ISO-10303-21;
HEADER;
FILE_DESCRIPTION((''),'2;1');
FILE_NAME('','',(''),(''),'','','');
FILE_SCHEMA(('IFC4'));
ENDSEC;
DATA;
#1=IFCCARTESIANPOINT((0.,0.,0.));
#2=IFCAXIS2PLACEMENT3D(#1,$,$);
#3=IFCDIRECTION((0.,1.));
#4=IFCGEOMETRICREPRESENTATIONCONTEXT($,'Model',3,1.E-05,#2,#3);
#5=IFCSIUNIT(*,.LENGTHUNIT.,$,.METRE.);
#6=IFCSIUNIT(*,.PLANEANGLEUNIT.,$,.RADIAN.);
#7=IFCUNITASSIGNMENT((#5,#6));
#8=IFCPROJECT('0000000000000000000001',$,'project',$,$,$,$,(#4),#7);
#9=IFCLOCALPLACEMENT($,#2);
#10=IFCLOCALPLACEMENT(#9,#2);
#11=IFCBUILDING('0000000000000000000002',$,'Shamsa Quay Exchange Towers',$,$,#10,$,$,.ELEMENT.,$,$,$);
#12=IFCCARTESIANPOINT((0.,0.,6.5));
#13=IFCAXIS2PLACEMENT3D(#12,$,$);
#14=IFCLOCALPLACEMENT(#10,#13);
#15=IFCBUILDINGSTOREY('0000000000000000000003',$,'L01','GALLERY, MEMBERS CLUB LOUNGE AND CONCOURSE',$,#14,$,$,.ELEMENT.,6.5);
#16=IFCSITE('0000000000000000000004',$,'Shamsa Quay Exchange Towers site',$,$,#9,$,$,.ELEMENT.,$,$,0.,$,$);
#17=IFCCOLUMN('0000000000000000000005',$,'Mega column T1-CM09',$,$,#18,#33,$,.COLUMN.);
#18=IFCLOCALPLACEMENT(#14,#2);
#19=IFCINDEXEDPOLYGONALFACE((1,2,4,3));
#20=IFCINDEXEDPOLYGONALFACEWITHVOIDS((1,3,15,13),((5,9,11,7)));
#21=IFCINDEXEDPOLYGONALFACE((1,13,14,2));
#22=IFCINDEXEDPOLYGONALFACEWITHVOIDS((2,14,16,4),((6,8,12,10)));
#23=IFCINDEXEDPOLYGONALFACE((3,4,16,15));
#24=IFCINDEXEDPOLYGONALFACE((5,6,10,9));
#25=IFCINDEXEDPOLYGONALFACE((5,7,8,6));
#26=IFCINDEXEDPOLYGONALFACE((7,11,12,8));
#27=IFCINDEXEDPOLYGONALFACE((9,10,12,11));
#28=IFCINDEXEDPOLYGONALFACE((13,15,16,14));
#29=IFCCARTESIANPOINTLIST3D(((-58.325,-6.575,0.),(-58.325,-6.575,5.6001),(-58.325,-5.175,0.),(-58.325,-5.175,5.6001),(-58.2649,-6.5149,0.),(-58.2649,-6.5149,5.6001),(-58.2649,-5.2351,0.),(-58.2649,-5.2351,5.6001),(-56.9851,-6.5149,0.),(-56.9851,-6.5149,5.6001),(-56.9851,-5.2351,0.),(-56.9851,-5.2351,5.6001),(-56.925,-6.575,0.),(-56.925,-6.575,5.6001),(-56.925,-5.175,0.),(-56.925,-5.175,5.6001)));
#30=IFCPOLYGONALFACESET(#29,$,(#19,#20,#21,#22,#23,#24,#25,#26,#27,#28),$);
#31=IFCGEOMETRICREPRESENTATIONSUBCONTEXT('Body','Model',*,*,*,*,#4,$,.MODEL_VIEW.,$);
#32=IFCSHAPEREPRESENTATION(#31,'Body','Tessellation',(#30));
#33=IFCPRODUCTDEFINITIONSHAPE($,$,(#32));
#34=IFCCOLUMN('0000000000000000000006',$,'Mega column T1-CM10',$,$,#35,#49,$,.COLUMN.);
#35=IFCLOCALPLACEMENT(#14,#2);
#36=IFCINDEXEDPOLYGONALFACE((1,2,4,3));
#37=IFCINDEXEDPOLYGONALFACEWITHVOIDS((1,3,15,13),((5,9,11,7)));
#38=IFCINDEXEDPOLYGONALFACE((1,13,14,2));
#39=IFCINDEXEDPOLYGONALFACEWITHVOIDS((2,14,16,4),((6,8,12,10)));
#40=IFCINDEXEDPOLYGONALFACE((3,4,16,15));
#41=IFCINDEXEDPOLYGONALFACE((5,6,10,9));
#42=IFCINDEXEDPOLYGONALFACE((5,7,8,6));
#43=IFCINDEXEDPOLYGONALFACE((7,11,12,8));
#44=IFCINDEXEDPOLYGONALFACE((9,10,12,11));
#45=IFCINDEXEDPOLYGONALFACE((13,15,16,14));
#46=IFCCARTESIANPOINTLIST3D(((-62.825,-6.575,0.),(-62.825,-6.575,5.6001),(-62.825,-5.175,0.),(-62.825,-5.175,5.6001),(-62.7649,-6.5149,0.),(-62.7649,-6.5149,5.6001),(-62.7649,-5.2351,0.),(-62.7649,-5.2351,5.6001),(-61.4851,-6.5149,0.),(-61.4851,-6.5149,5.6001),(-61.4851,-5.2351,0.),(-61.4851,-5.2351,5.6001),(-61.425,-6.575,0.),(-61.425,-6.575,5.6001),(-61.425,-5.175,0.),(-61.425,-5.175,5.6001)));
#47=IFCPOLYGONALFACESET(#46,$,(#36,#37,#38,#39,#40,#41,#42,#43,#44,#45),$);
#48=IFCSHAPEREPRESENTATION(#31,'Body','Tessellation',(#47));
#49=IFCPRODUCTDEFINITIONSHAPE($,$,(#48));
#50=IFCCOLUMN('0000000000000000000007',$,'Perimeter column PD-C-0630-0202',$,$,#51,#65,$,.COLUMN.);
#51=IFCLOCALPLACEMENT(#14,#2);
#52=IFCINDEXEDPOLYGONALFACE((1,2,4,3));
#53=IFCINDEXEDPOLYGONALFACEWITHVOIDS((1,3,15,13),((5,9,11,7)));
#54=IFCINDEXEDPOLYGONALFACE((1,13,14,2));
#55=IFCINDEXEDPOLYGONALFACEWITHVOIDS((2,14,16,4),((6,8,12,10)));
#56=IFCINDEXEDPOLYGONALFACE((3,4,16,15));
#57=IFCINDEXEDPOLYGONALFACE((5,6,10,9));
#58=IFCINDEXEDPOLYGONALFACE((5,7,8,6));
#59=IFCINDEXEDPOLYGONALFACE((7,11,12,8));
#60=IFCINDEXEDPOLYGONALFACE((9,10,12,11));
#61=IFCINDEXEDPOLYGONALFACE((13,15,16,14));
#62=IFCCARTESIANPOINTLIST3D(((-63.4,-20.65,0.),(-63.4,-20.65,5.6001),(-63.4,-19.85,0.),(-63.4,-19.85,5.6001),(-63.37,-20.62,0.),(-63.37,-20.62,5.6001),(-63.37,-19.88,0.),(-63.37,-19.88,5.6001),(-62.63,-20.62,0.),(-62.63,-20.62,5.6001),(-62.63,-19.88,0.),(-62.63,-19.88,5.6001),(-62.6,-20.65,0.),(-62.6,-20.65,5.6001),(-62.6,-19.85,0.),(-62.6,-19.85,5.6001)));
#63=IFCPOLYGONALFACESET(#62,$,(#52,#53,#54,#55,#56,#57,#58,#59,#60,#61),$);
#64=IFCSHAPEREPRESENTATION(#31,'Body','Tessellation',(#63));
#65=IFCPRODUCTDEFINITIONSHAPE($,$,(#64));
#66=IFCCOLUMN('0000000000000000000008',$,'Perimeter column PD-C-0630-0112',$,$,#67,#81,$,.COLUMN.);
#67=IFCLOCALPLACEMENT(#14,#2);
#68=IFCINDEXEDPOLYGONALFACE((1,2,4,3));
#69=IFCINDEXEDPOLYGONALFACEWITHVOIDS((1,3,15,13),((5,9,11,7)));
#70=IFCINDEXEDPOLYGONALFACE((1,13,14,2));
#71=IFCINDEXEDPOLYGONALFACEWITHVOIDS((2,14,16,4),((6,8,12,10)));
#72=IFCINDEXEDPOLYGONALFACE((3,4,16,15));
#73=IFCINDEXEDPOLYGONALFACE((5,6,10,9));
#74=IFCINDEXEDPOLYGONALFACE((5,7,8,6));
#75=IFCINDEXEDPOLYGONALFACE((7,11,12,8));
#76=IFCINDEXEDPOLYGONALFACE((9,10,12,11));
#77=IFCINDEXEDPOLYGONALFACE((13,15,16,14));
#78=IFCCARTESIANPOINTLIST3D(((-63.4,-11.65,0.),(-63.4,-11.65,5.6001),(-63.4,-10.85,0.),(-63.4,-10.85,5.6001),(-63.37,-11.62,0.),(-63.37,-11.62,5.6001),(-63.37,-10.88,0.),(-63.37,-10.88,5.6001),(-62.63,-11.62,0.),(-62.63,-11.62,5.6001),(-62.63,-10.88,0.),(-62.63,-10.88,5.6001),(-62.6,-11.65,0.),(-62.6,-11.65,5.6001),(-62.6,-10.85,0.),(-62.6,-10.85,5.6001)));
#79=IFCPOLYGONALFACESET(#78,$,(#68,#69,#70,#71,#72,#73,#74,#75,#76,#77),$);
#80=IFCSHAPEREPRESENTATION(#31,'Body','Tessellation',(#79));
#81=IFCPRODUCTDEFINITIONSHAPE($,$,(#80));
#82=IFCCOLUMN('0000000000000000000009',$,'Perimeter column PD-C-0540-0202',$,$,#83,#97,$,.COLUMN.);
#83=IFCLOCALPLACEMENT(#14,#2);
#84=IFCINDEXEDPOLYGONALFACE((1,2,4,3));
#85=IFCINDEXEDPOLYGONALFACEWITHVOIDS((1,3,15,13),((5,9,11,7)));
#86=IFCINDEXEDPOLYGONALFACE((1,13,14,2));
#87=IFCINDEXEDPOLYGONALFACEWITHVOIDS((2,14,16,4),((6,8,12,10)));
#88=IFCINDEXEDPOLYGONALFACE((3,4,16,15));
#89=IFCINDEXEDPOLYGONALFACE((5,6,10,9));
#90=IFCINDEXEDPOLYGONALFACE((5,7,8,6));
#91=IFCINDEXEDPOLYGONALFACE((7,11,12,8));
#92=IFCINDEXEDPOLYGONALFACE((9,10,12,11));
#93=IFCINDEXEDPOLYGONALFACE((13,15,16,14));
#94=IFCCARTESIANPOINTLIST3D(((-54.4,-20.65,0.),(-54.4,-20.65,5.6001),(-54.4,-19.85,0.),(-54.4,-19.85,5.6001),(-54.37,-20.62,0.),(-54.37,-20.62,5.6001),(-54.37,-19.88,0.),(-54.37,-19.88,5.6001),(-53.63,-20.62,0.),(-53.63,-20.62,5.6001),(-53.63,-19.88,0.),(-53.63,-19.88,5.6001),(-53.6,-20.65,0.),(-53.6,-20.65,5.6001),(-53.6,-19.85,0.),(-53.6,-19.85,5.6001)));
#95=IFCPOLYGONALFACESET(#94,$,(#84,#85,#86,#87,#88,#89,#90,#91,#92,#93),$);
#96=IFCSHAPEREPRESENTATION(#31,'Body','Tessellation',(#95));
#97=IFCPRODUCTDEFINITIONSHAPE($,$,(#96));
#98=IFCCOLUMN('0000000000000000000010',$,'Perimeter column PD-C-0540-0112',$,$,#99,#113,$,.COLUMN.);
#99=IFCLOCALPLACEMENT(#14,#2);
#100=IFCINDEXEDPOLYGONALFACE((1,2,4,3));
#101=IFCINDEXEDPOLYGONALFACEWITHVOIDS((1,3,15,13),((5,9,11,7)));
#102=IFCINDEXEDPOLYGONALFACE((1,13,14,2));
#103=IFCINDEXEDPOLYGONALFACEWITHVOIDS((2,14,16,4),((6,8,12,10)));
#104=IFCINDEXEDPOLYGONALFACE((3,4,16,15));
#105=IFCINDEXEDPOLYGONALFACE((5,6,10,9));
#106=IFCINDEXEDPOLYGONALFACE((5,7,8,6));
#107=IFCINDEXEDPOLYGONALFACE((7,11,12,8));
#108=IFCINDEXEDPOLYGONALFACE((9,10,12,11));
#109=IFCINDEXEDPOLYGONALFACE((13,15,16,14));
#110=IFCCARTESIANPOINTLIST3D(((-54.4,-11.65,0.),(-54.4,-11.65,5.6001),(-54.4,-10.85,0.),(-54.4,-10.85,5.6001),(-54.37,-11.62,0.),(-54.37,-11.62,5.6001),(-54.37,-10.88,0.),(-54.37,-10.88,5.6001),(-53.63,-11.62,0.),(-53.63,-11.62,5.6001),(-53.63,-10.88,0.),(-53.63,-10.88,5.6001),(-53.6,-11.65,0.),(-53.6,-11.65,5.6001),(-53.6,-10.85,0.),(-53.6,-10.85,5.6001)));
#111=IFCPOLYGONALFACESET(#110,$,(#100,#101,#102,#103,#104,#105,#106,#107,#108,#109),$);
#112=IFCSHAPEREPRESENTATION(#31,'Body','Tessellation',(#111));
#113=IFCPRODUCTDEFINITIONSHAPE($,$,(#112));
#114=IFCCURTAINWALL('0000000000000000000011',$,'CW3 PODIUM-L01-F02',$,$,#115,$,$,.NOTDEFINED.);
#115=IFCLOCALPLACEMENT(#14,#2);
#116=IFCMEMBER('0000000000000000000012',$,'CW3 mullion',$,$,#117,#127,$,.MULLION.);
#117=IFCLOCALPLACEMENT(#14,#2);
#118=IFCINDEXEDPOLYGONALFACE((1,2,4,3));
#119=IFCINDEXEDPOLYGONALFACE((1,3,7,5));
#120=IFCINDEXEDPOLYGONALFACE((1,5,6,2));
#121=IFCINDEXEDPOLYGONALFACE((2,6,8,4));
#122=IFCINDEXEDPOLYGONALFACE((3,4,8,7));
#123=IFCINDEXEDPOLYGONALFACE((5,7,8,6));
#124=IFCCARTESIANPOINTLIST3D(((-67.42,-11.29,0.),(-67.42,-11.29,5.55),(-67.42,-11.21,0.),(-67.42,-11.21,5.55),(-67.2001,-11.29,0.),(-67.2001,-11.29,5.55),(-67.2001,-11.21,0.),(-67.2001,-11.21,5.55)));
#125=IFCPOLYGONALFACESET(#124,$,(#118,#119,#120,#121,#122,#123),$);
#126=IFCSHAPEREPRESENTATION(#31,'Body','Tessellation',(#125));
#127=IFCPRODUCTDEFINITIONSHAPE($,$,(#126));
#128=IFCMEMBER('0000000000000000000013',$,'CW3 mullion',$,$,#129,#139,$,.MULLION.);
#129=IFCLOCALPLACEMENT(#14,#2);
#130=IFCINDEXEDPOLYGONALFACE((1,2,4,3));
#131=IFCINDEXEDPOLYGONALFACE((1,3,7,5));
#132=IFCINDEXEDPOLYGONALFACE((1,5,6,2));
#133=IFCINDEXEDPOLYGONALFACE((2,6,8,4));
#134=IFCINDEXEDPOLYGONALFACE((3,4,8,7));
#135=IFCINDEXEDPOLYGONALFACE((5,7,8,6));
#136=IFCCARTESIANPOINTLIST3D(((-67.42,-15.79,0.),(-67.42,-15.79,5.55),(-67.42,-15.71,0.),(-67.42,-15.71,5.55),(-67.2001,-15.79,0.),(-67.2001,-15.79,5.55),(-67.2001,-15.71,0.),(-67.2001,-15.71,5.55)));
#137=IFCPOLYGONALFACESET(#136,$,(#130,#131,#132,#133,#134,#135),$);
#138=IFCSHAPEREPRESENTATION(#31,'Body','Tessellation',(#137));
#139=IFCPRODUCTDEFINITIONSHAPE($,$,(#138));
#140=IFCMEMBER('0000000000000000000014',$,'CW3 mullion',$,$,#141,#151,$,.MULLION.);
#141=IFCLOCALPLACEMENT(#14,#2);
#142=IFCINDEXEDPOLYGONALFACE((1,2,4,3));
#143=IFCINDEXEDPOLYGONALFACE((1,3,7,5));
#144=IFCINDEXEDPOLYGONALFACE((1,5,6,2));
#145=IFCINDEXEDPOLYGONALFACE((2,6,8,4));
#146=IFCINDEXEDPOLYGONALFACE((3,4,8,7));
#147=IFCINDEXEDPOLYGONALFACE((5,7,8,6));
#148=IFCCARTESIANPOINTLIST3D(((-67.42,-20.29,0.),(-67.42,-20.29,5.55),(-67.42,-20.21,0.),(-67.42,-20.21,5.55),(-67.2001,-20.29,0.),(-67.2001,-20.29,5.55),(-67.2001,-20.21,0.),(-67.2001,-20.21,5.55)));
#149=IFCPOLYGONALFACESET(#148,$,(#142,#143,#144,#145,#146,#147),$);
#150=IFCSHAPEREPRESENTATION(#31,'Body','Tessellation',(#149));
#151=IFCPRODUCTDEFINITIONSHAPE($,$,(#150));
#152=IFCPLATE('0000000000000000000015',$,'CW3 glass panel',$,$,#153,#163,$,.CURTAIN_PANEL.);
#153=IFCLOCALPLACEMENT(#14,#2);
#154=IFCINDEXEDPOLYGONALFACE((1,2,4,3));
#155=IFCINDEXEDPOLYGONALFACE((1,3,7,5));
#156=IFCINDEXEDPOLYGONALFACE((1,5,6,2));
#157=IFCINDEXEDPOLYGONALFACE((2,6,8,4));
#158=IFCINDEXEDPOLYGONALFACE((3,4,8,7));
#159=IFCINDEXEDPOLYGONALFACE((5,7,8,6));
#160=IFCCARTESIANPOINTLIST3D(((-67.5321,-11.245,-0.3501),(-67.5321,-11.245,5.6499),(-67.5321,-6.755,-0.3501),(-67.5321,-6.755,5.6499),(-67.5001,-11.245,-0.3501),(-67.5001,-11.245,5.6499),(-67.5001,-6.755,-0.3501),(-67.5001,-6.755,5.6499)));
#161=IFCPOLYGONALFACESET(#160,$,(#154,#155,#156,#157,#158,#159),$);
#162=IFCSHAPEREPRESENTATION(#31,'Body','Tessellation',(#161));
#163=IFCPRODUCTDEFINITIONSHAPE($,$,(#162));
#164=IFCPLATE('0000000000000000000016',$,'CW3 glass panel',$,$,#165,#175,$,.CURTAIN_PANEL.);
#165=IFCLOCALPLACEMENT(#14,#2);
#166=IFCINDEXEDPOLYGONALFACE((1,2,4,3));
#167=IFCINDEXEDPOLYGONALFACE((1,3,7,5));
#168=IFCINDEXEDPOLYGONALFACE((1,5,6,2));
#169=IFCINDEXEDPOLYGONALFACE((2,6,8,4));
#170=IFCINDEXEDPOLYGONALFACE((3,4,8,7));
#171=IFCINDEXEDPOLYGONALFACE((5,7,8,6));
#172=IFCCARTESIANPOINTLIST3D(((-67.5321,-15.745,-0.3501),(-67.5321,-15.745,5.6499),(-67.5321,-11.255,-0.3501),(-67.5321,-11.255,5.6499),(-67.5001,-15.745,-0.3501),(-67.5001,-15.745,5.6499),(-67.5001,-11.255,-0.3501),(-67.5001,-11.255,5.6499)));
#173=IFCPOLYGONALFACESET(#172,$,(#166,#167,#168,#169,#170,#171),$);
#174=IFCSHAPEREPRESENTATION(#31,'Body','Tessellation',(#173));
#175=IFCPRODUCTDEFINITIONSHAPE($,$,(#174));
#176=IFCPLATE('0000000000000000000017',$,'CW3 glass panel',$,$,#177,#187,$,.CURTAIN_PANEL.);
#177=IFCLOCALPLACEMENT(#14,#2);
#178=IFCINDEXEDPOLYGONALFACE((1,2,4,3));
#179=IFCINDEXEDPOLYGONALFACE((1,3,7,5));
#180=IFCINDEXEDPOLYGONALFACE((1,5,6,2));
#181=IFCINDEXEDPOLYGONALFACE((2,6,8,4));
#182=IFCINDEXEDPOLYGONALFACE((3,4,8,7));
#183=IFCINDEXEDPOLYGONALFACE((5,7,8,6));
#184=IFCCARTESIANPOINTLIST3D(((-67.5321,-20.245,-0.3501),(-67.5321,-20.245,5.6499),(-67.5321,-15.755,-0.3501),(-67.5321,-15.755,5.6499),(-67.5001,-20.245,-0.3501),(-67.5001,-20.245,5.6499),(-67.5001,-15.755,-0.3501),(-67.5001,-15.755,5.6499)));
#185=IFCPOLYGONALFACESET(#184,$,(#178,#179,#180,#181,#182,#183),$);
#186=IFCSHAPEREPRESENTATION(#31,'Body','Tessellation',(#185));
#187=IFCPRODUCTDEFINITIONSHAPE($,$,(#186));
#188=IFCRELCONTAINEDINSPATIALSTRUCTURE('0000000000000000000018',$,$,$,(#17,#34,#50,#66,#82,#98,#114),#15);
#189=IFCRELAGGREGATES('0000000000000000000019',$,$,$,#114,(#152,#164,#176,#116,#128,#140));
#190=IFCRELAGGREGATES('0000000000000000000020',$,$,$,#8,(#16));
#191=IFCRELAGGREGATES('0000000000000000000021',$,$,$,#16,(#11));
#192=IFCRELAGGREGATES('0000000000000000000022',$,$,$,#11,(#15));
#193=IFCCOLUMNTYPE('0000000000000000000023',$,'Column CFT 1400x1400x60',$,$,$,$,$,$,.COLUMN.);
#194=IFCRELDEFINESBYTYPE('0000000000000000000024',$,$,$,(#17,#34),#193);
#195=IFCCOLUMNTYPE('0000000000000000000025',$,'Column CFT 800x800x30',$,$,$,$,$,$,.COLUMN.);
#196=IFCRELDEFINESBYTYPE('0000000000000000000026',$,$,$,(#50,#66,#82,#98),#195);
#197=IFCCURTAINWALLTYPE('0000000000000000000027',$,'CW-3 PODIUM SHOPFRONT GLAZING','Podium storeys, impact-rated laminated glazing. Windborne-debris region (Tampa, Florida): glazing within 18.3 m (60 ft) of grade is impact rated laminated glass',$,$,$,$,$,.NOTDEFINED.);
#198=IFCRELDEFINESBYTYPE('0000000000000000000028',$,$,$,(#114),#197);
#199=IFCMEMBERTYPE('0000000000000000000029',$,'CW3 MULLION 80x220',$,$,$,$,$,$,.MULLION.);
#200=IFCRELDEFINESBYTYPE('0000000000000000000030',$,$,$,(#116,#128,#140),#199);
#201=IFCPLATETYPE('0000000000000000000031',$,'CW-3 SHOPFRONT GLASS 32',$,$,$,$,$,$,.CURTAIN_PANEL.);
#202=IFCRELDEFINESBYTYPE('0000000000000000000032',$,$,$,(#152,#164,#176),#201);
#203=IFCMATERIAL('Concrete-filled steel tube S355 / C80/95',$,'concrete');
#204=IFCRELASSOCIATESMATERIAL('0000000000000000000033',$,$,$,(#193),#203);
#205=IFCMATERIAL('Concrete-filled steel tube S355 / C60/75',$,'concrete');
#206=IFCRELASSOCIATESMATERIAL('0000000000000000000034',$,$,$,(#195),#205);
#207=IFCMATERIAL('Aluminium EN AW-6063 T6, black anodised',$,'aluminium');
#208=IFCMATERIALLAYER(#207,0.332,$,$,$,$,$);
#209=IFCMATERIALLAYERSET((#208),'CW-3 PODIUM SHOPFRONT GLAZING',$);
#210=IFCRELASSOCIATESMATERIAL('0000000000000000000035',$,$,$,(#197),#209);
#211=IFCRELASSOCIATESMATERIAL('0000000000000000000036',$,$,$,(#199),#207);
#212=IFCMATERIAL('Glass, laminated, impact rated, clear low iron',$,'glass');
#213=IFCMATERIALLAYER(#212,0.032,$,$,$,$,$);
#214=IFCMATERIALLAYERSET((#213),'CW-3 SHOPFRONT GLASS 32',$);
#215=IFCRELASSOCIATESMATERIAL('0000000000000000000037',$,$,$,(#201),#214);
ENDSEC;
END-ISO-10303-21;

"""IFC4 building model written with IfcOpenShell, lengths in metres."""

from ifc_helpers import new_model, si_unit, direction, frame, origin, origin_2d, place, context, subcontext, project, spatial, rectangle, hollow_rectangle, extrude, material, layer, layer_set, material_profile, profile_set, type_object, element, aggregate, save


model = new_model("IFC4")

# Units and contexts
model_context = context("Model", 3, precision=1e-05, world=origin(), true_north=direction((0.0, 1.0)))
body_context = subcontext(model_context, "Body", "Model", "MODEL_VIEW")
ifc_project = project(units=[si_unit("LENGTHUNIT", "METRE"), si_unit("PLANEANGLEUNIT", "RADIAN")], contexts=[model_context])

# Site, building, storey
site_placement = place(None, origin())
site = spatial("IfcSite", under=ifc_project, at=site_placement, Name="Shamsa Quay Exchange Towers site", CompositionType="ELEMENT", RefElevation=0.0)
building_placement = place(site_placement, origin())
building = spatial("IfcBuilding", under=site, at=building_placement, Name="Shamsa Quay Exchange Towers", CompositionType="ELEMENT")
storey_placement = place(building_placement, frame((0.0, 0.0, 6.5)))
storey = spatial("IfcBuildingStorey", under=building, at=storey_placement, Name="L01", Description="GALLERY, MEMBERS CLUB LOUNGE AND CONCOURSE", CompositionType="ELEMENT", Elevation=6.5)

# Columns
ifc_material_1 = material(Name="Concrete-filled steel tube S355 / C80/95", Category="concrete")
ifc_material_profile_1 = material_profile(ifc_material_1, hollow_rectangle(XDim=1.3999, YDim=1.3999, WallThickness=0.0601, at=origin_2d()), Name="CFT 1400x1400x60")
ifc_profile_set_1 = profile_set([ifc_material_profile_1], Name="Concrete-filled steel tube S355 / C80/95")
column_type_1 = type_object("IfcColumnType", Name="Column CFT 1400x1400x60", PredefinedType="COLUMN", material=ifc_profile_set_1)
for number, where, name in (
    (1, (-57.625, -5.875, 0.0), "Mega column T1-CM09"),
    (2, (-62.125, -5.875, 0.0), "Mega column T1-CM10"),
):
    element("IfcColumn", number, at=place(storey_placement, frame(where)), inside=storey, type_object=column_type_1, Name=name, PredefinedType="COLUMN", context=body_context, shape_type="SweptSolid", body=[
        extrude(hollow_rectangle(XDim=1.3999, YDim=1.3999, WallThickness=0.0601, at=origin_2d()), origin(), (0.0, 0.0, 1.0), 5.6001),
    ])
ifc_material_2 = material(Name="Concrete-filled steel tube S355 / C60/75", Category="concrete")
ifc_material_profile_2 = material_profile(ifc_material_2, hollow_rectangle(XDim=0.8, YDim=0.8, WallThickness=0.03, at=origin_2d()), Name="CFT 800x800x30")
ifc_profile_set_2 = profile_set([ifc_material_profile_2], Name="Concrete-filled steel tube S355 / C60/75")
column_type_2 = type_object("IfcColumnType", Name="Column CFT 800x800x30", PredefinedType="COLUMN", material=ifc_profile_set_2)
for number, where, name in (
    (3, (-63.0, -20.25, 0.0), "Perimeter column PD-C-0630-0202"),
    (4, (-63.0, -11.25, 0.0), "Perimeter column PD-C-0630-0112"),
    (5, (-54.0, -20.25, 0.0), "Perimeter column PD-C-0540-0202"),
    (6, (-54.0, -11.25, 0.0), "Perimeter column PD-C-0540-0112"),
):
    element("IfcColumn", number, at=place(storey_placement, frame(where)), inside=storey, type_object=column_type_2, Name=name, PredefinedType="COLUMN", context=body_context, shape_type="SweptSolid", body=[
        extrude(hollow_rectangle(XDim=0.8, YDim=0.8, WallThickness=0.03, at=origin_2d()), origin(), (0.0, 0.0, 1.0), 5.6001),
    ])

# Curtain wall, members, plates
ifc_material_3 = material(Name="Aluminium EN AW-6063 T6, black anodised", Category="aluminium")
ifc_layer_1 = layer(ifc_material_3, 0.332)
ifc_layer_set_1 = layer_set([ifc_layer_1], Name="CW-3 PODIUM SHOPFRONT GLAZING")
curtain_wall_type = type_object("IfcCurtainWallType", Name="CW-3 PODIUM SHOPFRONT GLAZING", Description="Podium storeys, impact-rated laminated glazing. Windborne-debris region (Tampa, Florida): glazing within 18.3 m (60 ft) of grade is impact rated laminated glass", PredefinedType="NOTDEFINED", material=ifc_layer_set_1)
curtain_wall_placement = place(storey_placement, origin())
curtain_wall = element("IfcCurtainWall", 7, at=curtain_wall_placement, inside=storey, type_object=curtain_wall_type, Name="CW3 PODIUM-L01-F02", PredefinedType="NOTDEFINED")
ifc_material_profile_3 = material_profile(ifc_material_3, rectangle(XDim=0.22, YDim=0.0801, at=origin_2d()), Name="MU80x220")
ifc_profile_set_3 = profile_set([ifc_material_profile_3], Name="Aluminium EN AW-6063 T6, black anodised")
member_type = type_object("IfcMemberType", Name="CW3 MULLION 80x220", PredefinedType="MULLION", material=ifc_profile_set_3)
member_1_placement = place(storey_placement, frame((-67.3101, -11.25, 0.0)))
member_1 = element("IfcMember", 8, at=member_1_placement, type_object=member_type, Name="CW3 mullion", PredefinedType="MULLION", context=body_context, shape_type="SweptSolid", body=[
    extrude(rectangle(XDim=0.22, YDim=0.0801, at=origin_2d()), origin(), (0.0, 0.0, 1.0), 5.55),
])
member_2_placement = place(storey_placement, frame((-67.3101, -15.75, 0.0)))
member_2 = element("IfcMember", 9, at=member_2_placement, type_object=member_type, Name="CW3 mullion", PredefinedType="MULLION", context=body_context, shape_type="SweptSolid", body=[
    extrude(rectangle(XDim=0.22, YDim=0.0801, at=origin_2d()), origin(), (0.0, 0.0, 1.0), 5.55),
])
member_3_placement = place(storey_placement, frame((-67.3101, -20.25, 0.0)))
member_3 = element("IfcMember", 10, at=member_3_placement, type_object=member_type, Name="CW3 mullion", PredefinedType="MULLION", context=body_context, shape_type="SweptSolid", body=[
    extrude(rectangle(XDim=0.22, YDim=0.0801, at=origin_2d()), origin(), (0.0, 0.0, 1.0), 5.55),
])
ifc_material_4 = material(Name="Glass, laminated, impact rated, clear low iron", Category="glass")
ifc_layer_2 = layer(ifc_material_4, 0.032)
ifc_layer_set_2 = layer_set([ifc_layer_2], Name="CW-3 SHOPFRONT GLASS 32")
plate_type = type_object("IfcPlateType", Name="CW-3 SHOPFRONT GLASS 32", PredefinedType="CURTAIN_PANEL", material=ifc_layer_set_2)
plate_1_placement = place(storey_placement, frame((-67.5161, -9.0, -0.3501), z_axis=(0.0, 0.0, 1.0), x_axis=(0.0, -1.0, 0.0)))
plate_1 = element("IfcPlate", 11, at=plate_1_placement, type_object=plate_type, Name="CW3 glass panel", PredefinedType="CURTAIN_PANEL", context=body_context, shape_type="SweptSolid", body=[
    extrude(rectangle(XDim=4.49, YDim=0.032, at=origin_2d()), origin(), (0.0, 0.0, 1.0), 6.0),
])
plate_2_placement = place(storey_placement, frame((-67.5161, -13.5, -0.3501), z_axis=(0.0, 0.0, 1.0), x_axis=(0.0, -1.0, 0.0)))
plate_2 = element("IfcPlate", 12, at=plate_2_placement, type_object=plate_type, Name="CW3 glass panel", PredefinedType="CURTAIN_PANEL", context=body_context, shape_type="SweptSolid", body=[
    extrude(rectangle(XDim=4.49, YDim=0.032, at=origin_2d()), origin(), (0.0, 0.0, 1.0), 6.0),
])
plate_3_placement = place(storey_placement, frame((-67.5161, -18.0, -0.3501), z_axis=(0.0, 0.0, 1.0), x_axis=(0.0, -1.0, 0.0)))
plate_3 = element("IfcPlate", 13, at=plate_3_placement, type_object=plate_type, Name="CW3 glass panel", PredefinedType="CURTAIN_PANEL", context=body_context, shape_type="SweptSolid", body=[
    extrude(rectangle(XDim=4.49, YDim=0.032, at=origin_2d()), origin(), (0.0, 0.0, 1.0), 6.0),
])
aggregate(curtain_wall, [plate_1, plate_2, plate_3, member_1, member_2, member_3])

save(model, "model.ifc")
